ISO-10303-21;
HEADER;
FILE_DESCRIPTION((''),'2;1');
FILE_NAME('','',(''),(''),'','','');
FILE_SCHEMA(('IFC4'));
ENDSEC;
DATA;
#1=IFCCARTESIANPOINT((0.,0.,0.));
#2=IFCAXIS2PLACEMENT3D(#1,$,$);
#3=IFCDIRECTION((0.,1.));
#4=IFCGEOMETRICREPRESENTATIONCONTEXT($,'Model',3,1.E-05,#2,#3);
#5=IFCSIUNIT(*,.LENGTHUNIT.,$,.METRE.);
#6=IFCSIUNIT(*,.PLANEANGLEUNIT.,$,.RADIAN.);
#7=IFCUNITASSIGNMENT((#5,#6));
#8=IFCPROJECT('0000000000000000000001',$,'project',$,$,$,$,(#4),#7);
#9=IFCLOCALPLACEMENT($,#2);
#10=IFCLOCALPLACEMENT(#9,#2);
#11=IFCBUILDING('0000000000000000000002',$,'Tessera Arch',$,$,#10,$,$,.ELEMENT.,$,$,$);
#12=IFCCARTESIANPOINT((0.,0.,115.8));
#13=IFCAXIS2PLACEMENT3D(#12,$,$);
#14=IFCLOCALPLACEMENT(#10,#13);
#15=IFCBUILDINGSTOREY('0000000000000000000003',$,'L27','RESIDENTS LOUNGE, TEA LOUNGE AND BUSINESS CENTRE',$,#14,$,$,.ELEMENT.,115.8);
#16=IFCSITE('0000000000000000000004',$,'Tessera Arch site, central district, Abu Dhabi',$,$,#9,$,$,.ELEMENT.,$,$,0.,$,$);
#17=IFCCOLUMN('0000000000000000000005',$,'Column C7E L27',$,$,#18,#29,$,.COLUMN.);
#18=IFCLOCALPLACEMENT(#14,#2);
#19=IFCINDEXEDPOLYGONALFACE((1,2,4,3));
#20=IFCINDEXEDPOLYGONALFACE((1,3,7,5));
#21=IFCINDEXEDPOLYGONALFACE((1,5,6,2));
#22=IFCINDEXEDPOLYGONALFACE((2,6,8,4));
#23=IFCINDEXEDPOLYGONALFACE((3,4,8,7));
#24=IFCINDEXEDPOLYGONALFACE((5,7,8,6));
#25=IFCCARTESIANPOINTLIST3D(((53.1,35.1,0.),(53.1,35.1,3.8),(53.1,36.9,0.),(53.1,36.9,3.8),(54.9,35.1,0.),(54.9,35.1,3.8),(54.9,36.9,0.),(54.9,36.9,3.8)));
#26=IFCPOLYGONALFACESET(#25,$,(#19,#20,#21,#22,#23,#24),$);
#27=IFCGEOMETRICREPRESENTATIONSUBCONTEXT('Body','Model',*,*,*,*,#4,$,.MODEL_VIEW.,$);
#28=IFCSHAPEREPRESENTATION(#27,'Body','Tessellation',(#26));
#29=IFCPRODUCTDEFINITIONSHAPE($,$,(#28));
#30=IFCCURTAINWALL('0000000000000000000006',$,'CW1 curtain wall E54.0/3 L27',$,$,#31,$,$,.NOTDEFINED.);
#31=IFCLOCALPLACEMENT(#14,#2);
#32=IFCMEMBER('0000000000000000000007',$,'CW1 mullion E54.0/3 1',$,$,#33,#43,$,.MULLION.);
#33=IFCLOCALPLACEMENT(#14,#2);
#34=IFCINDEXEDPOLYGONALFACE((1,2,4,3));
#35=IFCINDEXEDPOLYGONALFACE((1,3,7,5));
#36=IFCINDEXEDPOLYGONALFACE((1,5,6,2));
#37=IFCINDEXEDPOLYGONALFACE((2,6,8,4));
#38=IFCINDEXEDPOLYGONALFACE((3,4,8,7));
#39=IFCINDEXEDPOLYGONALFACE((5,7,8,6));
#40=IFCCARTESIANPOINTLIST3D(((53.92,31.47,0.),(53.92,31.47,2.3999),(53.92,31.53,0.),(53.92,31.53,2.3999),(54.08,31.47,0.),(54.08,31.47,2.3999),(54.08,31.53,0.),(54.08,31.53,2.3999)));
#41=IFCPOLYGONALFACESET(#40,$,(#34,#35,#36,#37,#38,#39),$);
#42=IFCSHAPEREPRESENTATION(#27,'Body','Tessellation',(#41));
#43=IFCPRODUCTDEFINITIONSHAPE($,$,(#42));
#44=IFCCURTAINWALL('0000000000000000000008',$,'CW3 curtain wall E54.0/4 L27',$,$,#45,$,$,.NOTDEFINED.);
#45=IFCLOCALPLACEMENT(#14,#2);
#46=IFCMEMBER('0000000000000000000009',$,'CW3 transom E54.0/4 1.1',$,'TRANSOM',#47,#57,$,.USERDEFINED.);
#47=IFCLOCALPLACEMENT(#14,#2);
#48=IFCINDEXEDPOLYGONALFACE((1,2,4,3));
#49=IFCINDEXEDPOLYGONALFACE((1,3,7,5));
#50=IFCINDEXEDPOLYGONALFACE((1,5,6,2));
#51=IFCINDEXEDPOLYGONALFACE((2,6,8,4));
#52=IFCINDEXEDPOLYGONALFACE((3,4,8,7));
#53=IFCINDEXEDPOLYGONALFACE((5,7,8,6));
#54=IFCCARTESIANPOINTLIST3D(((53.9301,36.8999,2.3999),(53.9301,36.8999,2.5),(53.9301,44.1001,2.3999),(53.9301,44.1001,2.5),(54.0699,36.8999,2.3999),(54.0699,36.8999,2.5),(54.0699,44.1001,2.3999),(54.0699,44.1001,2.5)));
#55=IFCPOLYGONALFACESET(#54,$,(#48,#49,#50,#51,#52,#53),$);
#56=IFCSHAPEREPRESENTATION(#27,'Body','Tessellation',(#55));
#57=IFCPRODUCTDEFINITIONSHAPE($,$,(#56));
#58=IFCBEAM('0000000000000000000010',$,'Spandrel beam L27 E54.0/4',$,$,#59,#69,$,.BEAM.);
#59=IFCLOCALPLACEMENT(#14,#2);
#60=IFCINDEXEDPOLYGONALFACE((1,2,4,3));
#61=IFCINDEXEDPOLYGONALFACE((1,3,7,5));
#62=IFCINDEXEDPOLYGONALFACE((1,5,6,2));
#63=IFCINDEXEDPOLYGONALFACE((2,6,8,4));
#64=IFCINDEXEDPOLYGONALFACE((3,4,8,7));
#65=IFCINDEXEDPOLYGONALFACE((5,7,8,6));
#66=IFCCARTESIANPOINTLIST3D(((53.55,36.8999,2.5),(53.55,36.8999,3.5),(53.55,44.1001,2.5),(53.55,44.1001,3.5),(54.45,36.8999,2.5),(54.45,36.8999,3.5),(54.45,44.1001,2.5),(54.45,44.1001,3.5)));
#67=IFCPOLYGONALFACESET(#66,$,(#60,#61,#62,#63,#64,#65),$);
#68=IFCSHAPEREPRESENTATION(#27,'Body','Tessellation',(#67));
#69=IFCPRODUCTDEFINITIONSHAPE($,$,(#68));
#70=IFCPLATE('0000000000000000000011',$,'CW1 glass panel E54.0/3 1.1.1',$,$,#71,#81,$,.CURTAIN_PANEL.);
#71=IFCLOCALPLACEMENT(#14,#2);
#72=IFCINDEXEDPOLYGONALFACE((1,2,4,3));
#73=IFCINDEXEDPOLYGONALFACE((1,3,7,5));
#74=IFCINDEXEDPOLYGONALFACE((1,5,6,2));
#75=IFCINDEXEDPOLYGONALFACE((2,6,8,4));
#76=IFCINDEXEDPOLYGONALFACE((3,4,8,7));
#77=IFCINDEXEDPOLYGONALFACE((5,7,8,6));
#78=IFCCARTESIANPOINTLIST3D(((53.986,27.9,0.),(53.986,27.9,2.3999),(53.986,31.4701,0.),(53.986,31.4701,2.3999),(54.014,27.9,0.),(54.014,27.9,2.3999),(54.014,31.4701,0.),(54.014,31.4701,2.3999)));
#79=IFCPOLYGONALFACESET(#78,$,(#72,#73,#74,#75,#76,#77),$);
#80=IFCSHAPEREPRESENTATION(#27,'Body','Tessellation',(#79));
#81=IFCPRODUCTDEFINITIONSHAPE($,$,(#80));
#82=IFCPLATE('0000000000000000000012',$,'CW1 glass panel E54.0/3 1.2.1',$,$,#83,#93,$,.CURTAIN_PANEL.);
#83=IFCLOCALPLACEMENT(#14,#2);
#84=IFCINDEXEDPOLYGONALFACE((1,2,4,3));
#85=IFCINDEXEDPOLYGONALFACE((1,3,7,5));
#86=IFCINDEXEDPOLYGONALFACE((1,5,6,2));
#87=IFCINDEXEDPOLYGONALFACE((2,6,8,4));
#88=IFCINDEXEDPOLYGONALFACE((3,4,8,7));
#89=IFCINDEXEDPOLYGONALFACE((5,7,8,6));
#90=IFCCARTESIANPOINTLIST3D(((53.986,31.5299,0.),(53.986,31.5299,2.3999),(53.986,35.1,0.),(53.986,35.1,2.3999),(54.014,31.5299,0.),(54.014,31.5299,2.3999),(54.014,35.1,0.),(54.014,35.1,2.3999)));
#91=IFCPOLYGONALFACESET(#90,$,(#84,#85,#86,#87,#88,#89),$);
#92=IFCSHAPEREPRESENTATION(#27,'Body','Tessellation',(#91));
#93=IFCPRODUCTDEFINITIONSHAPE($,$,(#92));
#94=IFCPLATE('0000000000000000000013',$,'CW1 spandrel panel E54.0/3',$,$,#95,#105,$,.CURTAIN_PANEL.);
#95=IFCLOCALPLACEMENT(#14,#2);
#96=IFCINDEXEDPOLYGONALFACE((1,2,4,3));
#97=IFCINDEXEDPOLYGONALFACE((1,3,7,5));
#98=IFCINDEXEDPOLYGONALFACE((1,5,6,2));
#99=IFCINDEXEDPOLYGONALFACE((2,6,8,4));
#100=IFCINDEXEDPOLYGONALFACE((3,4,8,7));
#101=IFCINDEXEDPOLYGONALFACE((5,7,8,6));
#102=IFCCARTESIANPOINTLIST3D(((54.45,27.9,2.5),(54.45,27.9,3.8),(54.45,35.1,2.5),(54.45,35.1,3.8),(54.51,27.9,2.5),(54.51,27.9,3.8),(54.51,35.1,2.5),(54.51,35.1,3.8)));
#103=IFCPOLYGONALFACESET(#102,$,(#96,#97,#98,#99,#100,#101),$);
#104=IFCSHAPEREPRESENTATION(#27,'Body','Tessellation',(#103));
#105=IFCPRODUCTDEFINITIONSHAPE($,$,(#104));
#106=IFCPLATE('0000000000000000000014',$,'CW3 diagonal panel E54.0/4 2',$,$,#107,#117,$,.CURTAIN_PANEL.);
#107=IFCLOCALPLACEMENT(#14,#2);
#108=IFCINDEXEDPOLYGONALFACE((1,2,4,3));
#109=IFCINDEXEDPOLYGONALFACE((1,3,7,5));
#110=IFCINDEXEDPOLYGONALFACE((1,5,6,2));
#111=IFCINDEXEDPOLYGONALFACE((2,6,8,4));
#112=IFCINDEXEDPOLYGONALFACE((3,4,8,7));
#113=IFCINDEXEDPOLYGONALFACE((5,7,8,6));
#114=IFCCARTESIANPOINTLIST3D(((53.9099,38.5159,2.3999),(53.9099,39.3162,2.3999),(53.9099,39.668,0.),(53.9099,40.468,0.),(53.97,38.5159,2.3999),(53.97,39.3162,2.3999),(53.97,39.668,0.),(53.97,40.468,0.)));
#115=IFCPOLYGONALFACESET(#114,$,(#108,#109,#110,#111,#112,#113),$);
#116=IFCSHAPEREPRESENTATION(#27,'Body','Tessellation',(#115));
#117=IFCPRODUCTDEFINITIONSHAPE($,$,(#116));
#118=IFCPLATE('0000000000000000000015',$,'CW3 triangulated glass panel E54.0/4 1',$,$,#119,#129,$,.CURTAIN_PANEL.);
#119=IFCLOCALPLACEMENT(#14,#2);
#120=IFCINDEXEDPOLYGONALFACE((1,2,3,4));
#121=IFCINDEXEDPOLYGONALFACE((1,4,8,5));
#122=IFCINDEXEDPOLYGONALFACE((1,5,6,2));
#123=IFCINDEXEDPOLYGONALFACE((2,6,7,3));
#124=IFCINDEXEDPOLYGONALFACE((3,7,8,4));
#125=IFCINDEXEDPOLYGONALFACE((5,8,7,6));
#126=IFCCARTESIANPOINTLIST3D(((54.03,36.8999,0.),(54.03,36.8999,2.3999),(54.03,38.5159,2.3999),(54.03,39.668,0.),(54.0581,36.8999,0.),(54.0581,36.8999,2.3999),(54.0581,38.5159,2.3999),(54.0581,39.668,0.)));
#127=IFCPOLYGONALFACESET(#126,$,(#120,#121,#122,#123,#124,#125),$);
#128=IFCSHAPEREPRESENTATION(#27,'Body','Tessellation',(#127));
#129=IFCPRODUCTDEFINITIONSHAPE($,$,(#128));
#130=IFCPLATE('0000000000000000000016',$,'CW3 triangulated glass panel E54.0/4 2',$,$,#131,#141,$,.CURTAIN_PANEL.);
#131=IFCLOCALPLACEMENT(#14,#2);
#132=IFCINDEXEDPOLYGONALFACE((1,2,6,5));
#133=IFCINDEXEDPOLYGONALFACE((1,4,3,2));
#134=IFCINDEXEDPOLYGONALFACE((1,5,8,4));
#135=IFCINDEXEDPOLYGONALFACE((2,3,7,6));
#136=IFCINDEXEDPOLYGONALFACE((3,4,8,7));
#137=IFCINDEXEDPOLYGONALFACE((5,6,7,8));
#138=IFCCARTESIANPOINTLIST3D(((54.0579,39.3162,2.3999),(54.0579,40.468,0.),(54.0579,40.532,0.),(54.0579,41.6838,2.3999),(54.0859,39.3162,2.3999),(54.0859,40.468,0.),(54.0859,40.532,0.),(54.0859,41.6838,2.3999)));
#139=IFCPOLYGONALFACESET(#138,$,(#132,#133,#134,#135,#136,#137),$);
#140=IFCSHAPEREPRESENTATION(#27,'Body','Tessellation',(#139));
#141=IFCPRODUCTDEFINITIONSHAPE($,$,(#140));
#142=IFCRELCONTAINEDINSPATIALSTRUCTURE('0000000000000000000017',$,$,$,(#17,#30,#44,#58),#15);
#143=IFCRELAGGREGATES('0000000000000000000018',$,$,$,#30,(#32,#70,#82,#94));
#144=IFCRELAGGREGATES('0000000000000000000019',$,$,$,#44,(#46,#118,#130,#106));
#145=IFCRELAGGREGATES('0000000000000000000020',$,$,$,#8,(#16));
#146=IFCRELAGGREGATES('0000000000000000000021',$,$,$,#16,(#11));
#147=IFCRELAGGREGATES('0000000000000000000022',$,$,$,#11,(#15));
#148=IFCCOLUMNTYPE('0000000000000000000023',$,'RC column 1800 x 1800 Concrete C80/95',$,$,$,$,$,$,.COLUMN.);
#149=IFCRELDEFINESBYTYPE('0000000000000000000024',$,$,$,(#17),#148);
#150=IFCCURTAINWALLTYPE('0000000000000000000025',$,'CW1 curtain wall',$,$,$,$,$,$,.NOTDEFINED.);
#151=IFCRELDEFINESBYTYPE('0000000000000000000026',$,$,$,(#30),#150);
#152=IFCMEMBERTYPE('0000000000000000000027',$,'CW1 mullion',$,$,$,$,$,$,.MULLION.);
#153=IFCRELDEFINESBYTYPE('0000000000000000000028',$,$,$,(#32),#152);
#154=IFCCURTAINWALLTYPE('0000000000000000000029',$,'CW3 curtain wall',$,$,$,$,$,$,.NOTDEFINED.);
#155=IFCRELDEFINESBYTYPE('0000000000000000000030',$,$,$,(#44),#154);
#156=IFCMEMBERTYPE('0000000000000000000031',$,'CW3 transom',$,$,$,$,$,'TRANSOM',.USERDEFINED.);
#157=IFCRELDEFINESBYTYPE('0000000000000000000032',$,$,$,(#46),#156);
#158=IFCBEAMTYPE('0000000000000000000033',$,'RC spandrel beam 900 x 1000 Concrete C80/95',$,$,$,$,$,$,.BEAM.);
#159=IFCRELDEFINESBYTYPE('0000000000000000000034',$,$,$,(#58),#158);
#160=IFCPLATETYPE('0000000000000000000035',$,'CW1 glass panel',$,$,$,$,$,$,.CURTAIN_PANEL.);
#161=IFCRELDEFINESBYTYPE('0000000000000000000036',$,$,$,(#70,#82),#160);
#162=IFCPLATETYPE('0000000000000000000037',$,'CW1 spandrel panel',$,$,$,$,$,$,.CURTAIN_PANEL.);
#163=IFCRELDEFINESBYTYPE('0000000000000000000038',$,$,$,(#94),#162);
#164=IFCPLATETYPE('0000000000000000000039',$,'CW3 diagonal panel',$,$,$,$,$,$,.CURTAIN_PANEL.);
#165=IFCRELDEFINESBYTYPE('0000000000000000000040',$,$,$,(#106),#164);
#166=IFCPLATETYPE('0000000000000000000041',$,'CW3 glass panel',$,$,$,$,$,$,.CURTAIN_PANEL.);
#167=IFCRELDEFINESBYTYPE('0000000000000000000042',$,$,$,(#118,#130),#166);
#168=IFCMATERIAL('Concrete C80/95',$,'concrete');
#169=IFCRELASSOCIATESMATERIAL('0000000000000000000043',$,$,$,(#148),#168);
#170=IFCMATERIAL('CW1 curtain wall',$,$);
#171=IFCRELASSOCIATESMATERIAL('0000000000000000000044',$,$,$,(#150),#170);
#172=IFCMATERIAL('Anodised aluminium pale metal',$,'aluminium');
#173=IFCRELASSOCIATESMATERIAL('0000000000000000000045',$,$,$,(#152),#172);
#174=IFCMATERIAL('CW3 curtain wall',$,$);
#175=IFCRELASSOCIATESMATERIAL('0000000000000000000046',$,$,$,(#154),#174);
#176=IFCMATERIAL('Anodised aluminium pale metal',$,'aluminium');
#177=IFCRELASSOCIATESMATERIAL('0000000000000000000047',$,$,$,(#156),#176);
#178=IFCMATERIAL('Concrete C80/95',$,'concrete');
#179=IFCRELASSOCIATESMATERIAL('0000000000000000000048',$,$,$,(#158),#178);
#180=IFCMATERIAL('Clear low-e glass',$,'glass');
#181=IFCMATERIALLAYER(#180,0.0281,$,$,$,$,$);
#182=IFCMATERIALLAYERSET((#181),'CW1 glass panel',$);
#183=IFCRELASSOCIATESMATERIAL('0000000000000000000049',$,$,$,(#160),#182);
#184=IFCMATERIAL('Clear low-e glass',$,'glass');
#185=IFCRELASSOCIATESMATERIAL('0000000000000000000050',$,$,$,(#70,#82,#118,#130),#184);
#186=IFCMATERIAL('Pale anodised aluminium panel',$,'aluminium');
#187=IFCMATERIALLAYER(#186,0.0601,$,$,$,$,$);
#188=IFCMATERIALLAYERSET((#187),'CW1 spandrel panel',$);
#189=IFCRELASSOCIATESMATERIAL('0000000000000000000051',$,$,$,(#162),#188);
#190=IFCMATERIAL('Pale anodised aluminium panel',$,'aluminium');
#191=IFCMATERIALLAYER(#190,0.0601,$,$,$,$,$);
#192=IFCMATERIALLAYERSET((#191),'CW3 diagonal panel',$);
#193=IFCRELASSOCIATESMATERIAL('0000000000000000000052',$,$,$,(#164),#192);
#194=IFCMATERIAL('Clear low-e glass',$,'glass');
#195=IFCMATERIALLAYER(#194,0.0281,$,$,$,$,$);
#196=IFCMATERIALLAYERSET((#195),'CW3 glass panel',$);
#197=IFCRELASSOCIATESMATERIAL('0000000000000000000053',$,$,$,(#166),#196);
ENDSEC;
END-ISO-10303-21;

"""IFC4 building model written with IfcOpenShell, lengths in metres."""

from ifc_helpers import new_model, si_unit, direction, frame, origin, origin_2d, place, context, subcontext, project, spatial, polyline, rectangle, outline, extrude, material, layer, layer_set, material_profile, profile_set, type_object, element, aggregate, save


model = new_model("IFC4")

# Units and contexts
model_context = context("Model", 3, precision=1e-05, world=origin(), true_north=direction((0.0, 1.0)))
body_context = subcontext(model_context, "Body", "Model", "MODEL_VIEW")
ifc_project = project(units=[si_unit("LENGTHUNIT", "METRE"), si_unit("PLANEANGLEUNIT", "RADIAN")], contexts=[model_context])

# Site, building, storey
site_placement = place(None, origin())
site = spatial("IfcSite", under=ifc_project, at=site_placement, Name="Tessera Arch site, central district, Abu Dhabi", CompositionType="ELEMENT", RefElevation=0.0)
building_placement = place(site_placement, origin())
building = spatial("IfcBuilding", under=site, at=building_placement, Name="Tessera Arch", CompositionType="ELEMENT")
storey_placement = place(building_placement, frame((0.0, 0.0, 115.8)))
storey = spatial("IfcBuildingStorey", under=building, at=storey_placement, Name="L27", Description="RESIDENTS LOUNGE, TEA LOUNGE AND BUSINESS CENTRE", CompositionType="ELEMENT", Elevation=115.8)

# Column
ifc_material_1 = material(Name="Concrete C80/95", Category="concrete")
ifc_material_profile_1 = material_profile(ifc_material_1, rectangle(XDim=1.8, YDim=1.8, at=origin_2d()), Name="RC column 1800 x 1800 Concrete C80/95")
ifc_profile_set_1 = profile_set([ifc_material_profile_1], Name="Concrete C80/95")
column_type = type_object("IfcColumnType", Name="RC column 1800 x 1800 Concrete C80/95", PredefinedType="COLUMN", material=ifc_profile_set_1)
column_placement = place(storey_placement, frame((54.0, 36.0, 0.0), z_axis=(0.0, 0.0, 1.0), x_axis=(1.0, 0.0, 0.0)))
element("IfcColumn", 1, at=column_placement, inside=storey, type_object=column_type, Name="Column C7E L27", PredefinedType="COLUMN", context=body_context, shape_type="SweptSolid", body=[
    extrude(rectangle(XDim=1.8, YDim=1.8, at=origin_2d()), origin(), (0.0, 0.0, 1.0), 3.8),
])

# Curtain walls, members
ifc_material_2 = material(Name="CW1 curtain wall")
curtain_wall_type_1 = type_object("IfcCurtainWallType", Name="CW1 curtain wall", PredefinedType="NOTDEFINED", material=ifc_material_2)
curtain_wall_1_placement = place(storey_placement, origin())
curtain_wall_1 = element("IfcCurtainWall", 2, at=curtain_wall_1_placement, inside=storey, type_object=curtain_wall_type_1, Name="CW1 curtain wall E54.0/3 L27", PredefinedType="NOTDEFINED")
ifc_material_3 = material(Name="Anodised aluminium pale metal", Category="aluminium")
ifc_material_profile_2 = material_profile(ifc_material_3, rectangle(XDim=0.1599, YDim=0.0601, at=origin_2d()), Name="AL 60x160")
ifc_profile_set_2 = profile_set([ifc_material_profile_2], Name="Anodised aluminium pale metal")
member_type_1 = type_object("IfcMemberType", Name="CW1 mullion", PredefinedType="MULLION", material=ifc_profile_set_2)
member_1_placement = place(storey_placement, frame((54.0, 31.5, 0.0), z_axis=(0.0, 0.0, 1.0), x_axis=(-1.0, 0.0, 0.0)))
member_1 = element("IfcMember", 3, at=member_1_placement, type_object=member_type_1, Name="CW1 mullion E54.0/3 1", PredefinedType="MULLION", context=body_context, shape_type="SweptSolid", body=[
    extrude(rectangle(XDim=0.1599, YDim=0.0601, at=origin_2d()), origin(), (0.0, 0.0, 1.0), 2.3999),
])
ifc_material_4 = material(Name="CW3 curtain wall")
curtain_wall_type_2 = type_object("IfcCurtainWallType", Name="CW3 curtain wall", PredefinedType="NOTDEFINED", material=ifc_material_4)
curtain_wall_2_placement = place(storey_placement, origin())
curtain_wall_2 = element("IfcCurtainWall", 4, at=curtain_wall_2_placement, inside=storey, type_object=curtain_wall_type_2, Name="CW3 curtain wall E54.0/4 L27", PredefinedType="NOTDEFINED")
ifc_material_5 = material(Name="Anodised aluminium pale metal", Category="aluminium")
ifc_material_profile_3 = material_profile(ifc_material_5, rectangle(XDim=0.1399, YDim=0.1001, at=origin_2d()), Name="AL 140x100")
ifc_profile_set_3 = profile_set([ifc_material_profile_3], Name="Anodised aluminium pale metal")
member_type_2 = type_object("IfcMemberType", Name="CW3 transom", ElementType="TRANSOM", PredefinedType="USERDEFINED", material=ifc_profile_set_3)
member_2_placement = place(storey_placement, frame((54.0, 36.8999, 2.45), z_axis=(0.0, 1.0, 0.0), x_axis=(-1.0, 0.0, 0.0)))
member_2 = element("IfcMember", 5, at=member_2_placement, type_object=member_type_2, Name="CW3 transom E54.0/4 1.1", ObjectType="TRANSOM", PredefinedType="USERDEFINED", context=body_context, shape_type="SweptSolid", body=[
    extrude(rectangle(XDim=0.1399, YDim=0.1001, at=origin_2d()), origin(), (0.0, 0.0, 1.0), 7.2002),
])

# Beam
ifc_material_6 = material(Name="Concrete C80/95", Category="concrete")
ifc_material_profile_4 = material_profile(ifc_material_6, rectangle(XDim=0.8999, YDim=1.0, at=origin_2d()), Name="RC spandrel beam 900 x 1000 Concrete C80/95")
ifc_profile_set_4 = profile_set([ifc_material_profile_4], Name="Concrete C80/95")
beam_type = type_object("IfcBeamType", Name="RC spandrel beam 900 x 1000 Concrete C80/95", PredefinedType="BEAM", material=ifc_profile_set_4)
beam_placement = place(storey_placement, frame((54.0, 36.8999, 3.0), z_axis=(0.0, 1.0, 0.0), x_axis=(-1.0, 0.0, 0.0)))
element("IfcBeam", 6, at=beam_placement, inside=storey, type_object=beam_type, Name="Spandrel beam L27 E54.0/4", PredefinedType="BEAM", context=body_context, shape_type="SweptSolid", body=[
    extrude(rectangle(XDim=0.8999, YDim=1.0, at=origin_2d()), origin(), (0.0, 0.0, 1.0), 7.2002),
])

# Plates
ifc_material_7 = material(Name="Clear low-e glass", Category="glass")
ifc_material_8 = material(Name="Clear low-e glass", Category="glass")
ifc_layer_1 = layer(ifc_material_8, 0.0281)
ifc_layer_set_1 = layer_set([ifc_layer_1], Name="CW1 glass panel")
plate_type_1 = type_object("IfcPlateType", Name="CW1 glass panel", PredefinedType="CURTAIN_PANEL", material=ifc_layer_set_1)
plate_1_placement = place(storey_placement, frame((54.0, 29.6851, 0.0), z_axis=(0.0, 0.0, 1.0), x_axis=(0.0, 1.0, 0.0)))
plate_1 = element("IfcPlate", 7, at=plate_1_placement, type_object=plate_type_1, material=ifc_material_7, Name="CW1 glass panel E54.0/3 1.1.1", PredefinedType="CURTAIN_PANEL", context=body_context, shape_type="SweptSolid", body=[
    extrude(rectangle(XDim=3.5701, YDim=0.0281, at=origin_2d()), origin(), (0.0, 0.0, 1.0), 2.3999),
])
plate_2_placement = place(storey_placement, frame((54.0, 33.3149, 0.0), z_axis=(0.0, 0.0, 1.0), x_axis=(0.0, 1.0, 0.0)))
plate_2 = element("IfcPlate", 8, at=plate_2_placement, type_object=plate_type_1, material=ifc_material_7, Name="CW1 glass panel E54.0/3 1.2.1", PredefinedType="CURTAIN_PANEL", context=body_context, shape_type="SweptSolid", body=[
    extrude(rectangle(XDim=3.5701, YDim=0.0281, at=origin_2d()), origin(), (0.0, 0.0, 1.0), 2.3999),
])
ifc_material_9 = material(Name="Pale anodised aluminium panel", Category="aluminium")
ifc_layer_2 = layer(ifc_material_9, 0.0601)
ifc_layer_set_2 = layer_set([ifc_layer_2], Name="CW1 spandrel panel")
plate_type_2 = type_object("IfcPlateType", Name="CW1 spandrel panel", PredefinedType="CURTAIN_PANEL", material=ifc_layer_set_2)
plate_3_placement = place(storey_placement, frame((54.48, 31.5, 2.5), z_axis=(0.0, 0.0, 1.0), x_axis=(0.0, 1.0, 0.0)))
plate_3 = element("IfcPlate", 9, at=plate_3_placement, type_object=plate_type_2, Name="CW1 spandrel panel E54.0/3", PredefinedType="CURTAIN_PANEL", context=body_context, shape_type="SweptSolid", body=[
    extrude(rectangle(XDim=7.2, YDim=0.0601, at=origin_2d()), origin(), (0.0, 0.0, 1.0), 1.3),
])
aggregate(curtain_wall_1, [member_1, plate_1, plate_2, plate_3])
ifc_material_10 = material(Name="Pale anodised aluminium panel", Category="aluminium")
ifc_layer_3 = layer(ifc_material_10, 0.0601)
ifc_layer_set_3 = layer_set([ifc_layer_3], Name="CW3 diagonal panel")
plate_type_3 = type_object("IfcPlateType", Name="CW3 diagonal panel", PredefinedType="CURTAIN_PANEL", material=ifc_layer_set_3)
plate_4_placement = place(storey_placement, frame((53.97, 39.3162, 2.3999), z_axis=(1.0, 0.0, 0.0), x_axis=(0.0, -1.0, 0.0)))
plate_4 = element("IfcPlate", 10, at=plate_4_placement, type_object=plate_type_3, Name="CW3 diagonal panel E54.0/4 2", PredefinedType="CURTAIN_PANEL", context=body_context, shape_type="SweptSolid", body=[
    extrude(outline(polyline([(0.0, 0.0), (0.8003, 0.0), (-0.3518, 2.3999), (-1.1519, 2.3999), (0.0, 0.0)])), origin(), (0.0, 0.0, -1.0), 0.0601),
])
ifc_material_11 = material(Name="Clear low-e glass", Category="glass")
ifc_layer_4 = layer(ifc_material_11, 0.0281)
ifc_layer_set_4 = layer_set([ifc_layer_4], Name="CW3 glass panel")
plate_type_4 = type_object("IfcPlateType", Name="CW3 glass panel", PredefinedType="CURTAIN_PANEL", material=ifc_layer_set_4)
plate_5_placement = place(storey_placement, frame((54.0581, 36.8999, 0.0), z_axis=(1.0, 0.0, 0.0), x_axis=(0.0, 1.0, 0.0)))
plate_5 = element("IfcPlate", 11, at=plate_5_placement, type_object=plate_type_4, material=ifc_material_7, Name="CW3 triangulated glass panel E54.0/4 1", PredefinedType="CURTAIN_PANEL", context=body_context, shape_type="SweptSolid", body=[
    extrude(outline(polyline([(0.0, 0.0), (2.7681, 0.0), (1.616, 2.3999), (0.0, 2.3999), (0.0, 0.0)])), origin(), (0.0, 0.0, -1.0), 0.0281),
])
plate_6_placement = place(storey_placement, frame((54.0859, 41.6838, 2.3999), z_axis=(1.0, 0.0, 0.0), x_axis=(0.0, -1.0, 0.0)))
plate_6 = element("IfcPlate", 12, at=plate_6_placement, type_object=plate_type_4, material=ifc_material_7, Name="CW3 triangulated glass panel E54.0/4 2", PredefinedType="CURTAIN_PANEL", context=body_context, shape_type="SweptSolid", body=[
    extrude(outline(polyline([(0.0, 0.0), (2.3677, 0.0), (1.2158, 2.3999), (1.1519, 2.3999), (0.0, 0.0)])), origin(), (0.0, 0.0, -1.0), 0.0281),
])
aggregate(curtain_wall_2, [member_2, plate_5, plate_6, plate_4])

save(model, "model.ifc")
